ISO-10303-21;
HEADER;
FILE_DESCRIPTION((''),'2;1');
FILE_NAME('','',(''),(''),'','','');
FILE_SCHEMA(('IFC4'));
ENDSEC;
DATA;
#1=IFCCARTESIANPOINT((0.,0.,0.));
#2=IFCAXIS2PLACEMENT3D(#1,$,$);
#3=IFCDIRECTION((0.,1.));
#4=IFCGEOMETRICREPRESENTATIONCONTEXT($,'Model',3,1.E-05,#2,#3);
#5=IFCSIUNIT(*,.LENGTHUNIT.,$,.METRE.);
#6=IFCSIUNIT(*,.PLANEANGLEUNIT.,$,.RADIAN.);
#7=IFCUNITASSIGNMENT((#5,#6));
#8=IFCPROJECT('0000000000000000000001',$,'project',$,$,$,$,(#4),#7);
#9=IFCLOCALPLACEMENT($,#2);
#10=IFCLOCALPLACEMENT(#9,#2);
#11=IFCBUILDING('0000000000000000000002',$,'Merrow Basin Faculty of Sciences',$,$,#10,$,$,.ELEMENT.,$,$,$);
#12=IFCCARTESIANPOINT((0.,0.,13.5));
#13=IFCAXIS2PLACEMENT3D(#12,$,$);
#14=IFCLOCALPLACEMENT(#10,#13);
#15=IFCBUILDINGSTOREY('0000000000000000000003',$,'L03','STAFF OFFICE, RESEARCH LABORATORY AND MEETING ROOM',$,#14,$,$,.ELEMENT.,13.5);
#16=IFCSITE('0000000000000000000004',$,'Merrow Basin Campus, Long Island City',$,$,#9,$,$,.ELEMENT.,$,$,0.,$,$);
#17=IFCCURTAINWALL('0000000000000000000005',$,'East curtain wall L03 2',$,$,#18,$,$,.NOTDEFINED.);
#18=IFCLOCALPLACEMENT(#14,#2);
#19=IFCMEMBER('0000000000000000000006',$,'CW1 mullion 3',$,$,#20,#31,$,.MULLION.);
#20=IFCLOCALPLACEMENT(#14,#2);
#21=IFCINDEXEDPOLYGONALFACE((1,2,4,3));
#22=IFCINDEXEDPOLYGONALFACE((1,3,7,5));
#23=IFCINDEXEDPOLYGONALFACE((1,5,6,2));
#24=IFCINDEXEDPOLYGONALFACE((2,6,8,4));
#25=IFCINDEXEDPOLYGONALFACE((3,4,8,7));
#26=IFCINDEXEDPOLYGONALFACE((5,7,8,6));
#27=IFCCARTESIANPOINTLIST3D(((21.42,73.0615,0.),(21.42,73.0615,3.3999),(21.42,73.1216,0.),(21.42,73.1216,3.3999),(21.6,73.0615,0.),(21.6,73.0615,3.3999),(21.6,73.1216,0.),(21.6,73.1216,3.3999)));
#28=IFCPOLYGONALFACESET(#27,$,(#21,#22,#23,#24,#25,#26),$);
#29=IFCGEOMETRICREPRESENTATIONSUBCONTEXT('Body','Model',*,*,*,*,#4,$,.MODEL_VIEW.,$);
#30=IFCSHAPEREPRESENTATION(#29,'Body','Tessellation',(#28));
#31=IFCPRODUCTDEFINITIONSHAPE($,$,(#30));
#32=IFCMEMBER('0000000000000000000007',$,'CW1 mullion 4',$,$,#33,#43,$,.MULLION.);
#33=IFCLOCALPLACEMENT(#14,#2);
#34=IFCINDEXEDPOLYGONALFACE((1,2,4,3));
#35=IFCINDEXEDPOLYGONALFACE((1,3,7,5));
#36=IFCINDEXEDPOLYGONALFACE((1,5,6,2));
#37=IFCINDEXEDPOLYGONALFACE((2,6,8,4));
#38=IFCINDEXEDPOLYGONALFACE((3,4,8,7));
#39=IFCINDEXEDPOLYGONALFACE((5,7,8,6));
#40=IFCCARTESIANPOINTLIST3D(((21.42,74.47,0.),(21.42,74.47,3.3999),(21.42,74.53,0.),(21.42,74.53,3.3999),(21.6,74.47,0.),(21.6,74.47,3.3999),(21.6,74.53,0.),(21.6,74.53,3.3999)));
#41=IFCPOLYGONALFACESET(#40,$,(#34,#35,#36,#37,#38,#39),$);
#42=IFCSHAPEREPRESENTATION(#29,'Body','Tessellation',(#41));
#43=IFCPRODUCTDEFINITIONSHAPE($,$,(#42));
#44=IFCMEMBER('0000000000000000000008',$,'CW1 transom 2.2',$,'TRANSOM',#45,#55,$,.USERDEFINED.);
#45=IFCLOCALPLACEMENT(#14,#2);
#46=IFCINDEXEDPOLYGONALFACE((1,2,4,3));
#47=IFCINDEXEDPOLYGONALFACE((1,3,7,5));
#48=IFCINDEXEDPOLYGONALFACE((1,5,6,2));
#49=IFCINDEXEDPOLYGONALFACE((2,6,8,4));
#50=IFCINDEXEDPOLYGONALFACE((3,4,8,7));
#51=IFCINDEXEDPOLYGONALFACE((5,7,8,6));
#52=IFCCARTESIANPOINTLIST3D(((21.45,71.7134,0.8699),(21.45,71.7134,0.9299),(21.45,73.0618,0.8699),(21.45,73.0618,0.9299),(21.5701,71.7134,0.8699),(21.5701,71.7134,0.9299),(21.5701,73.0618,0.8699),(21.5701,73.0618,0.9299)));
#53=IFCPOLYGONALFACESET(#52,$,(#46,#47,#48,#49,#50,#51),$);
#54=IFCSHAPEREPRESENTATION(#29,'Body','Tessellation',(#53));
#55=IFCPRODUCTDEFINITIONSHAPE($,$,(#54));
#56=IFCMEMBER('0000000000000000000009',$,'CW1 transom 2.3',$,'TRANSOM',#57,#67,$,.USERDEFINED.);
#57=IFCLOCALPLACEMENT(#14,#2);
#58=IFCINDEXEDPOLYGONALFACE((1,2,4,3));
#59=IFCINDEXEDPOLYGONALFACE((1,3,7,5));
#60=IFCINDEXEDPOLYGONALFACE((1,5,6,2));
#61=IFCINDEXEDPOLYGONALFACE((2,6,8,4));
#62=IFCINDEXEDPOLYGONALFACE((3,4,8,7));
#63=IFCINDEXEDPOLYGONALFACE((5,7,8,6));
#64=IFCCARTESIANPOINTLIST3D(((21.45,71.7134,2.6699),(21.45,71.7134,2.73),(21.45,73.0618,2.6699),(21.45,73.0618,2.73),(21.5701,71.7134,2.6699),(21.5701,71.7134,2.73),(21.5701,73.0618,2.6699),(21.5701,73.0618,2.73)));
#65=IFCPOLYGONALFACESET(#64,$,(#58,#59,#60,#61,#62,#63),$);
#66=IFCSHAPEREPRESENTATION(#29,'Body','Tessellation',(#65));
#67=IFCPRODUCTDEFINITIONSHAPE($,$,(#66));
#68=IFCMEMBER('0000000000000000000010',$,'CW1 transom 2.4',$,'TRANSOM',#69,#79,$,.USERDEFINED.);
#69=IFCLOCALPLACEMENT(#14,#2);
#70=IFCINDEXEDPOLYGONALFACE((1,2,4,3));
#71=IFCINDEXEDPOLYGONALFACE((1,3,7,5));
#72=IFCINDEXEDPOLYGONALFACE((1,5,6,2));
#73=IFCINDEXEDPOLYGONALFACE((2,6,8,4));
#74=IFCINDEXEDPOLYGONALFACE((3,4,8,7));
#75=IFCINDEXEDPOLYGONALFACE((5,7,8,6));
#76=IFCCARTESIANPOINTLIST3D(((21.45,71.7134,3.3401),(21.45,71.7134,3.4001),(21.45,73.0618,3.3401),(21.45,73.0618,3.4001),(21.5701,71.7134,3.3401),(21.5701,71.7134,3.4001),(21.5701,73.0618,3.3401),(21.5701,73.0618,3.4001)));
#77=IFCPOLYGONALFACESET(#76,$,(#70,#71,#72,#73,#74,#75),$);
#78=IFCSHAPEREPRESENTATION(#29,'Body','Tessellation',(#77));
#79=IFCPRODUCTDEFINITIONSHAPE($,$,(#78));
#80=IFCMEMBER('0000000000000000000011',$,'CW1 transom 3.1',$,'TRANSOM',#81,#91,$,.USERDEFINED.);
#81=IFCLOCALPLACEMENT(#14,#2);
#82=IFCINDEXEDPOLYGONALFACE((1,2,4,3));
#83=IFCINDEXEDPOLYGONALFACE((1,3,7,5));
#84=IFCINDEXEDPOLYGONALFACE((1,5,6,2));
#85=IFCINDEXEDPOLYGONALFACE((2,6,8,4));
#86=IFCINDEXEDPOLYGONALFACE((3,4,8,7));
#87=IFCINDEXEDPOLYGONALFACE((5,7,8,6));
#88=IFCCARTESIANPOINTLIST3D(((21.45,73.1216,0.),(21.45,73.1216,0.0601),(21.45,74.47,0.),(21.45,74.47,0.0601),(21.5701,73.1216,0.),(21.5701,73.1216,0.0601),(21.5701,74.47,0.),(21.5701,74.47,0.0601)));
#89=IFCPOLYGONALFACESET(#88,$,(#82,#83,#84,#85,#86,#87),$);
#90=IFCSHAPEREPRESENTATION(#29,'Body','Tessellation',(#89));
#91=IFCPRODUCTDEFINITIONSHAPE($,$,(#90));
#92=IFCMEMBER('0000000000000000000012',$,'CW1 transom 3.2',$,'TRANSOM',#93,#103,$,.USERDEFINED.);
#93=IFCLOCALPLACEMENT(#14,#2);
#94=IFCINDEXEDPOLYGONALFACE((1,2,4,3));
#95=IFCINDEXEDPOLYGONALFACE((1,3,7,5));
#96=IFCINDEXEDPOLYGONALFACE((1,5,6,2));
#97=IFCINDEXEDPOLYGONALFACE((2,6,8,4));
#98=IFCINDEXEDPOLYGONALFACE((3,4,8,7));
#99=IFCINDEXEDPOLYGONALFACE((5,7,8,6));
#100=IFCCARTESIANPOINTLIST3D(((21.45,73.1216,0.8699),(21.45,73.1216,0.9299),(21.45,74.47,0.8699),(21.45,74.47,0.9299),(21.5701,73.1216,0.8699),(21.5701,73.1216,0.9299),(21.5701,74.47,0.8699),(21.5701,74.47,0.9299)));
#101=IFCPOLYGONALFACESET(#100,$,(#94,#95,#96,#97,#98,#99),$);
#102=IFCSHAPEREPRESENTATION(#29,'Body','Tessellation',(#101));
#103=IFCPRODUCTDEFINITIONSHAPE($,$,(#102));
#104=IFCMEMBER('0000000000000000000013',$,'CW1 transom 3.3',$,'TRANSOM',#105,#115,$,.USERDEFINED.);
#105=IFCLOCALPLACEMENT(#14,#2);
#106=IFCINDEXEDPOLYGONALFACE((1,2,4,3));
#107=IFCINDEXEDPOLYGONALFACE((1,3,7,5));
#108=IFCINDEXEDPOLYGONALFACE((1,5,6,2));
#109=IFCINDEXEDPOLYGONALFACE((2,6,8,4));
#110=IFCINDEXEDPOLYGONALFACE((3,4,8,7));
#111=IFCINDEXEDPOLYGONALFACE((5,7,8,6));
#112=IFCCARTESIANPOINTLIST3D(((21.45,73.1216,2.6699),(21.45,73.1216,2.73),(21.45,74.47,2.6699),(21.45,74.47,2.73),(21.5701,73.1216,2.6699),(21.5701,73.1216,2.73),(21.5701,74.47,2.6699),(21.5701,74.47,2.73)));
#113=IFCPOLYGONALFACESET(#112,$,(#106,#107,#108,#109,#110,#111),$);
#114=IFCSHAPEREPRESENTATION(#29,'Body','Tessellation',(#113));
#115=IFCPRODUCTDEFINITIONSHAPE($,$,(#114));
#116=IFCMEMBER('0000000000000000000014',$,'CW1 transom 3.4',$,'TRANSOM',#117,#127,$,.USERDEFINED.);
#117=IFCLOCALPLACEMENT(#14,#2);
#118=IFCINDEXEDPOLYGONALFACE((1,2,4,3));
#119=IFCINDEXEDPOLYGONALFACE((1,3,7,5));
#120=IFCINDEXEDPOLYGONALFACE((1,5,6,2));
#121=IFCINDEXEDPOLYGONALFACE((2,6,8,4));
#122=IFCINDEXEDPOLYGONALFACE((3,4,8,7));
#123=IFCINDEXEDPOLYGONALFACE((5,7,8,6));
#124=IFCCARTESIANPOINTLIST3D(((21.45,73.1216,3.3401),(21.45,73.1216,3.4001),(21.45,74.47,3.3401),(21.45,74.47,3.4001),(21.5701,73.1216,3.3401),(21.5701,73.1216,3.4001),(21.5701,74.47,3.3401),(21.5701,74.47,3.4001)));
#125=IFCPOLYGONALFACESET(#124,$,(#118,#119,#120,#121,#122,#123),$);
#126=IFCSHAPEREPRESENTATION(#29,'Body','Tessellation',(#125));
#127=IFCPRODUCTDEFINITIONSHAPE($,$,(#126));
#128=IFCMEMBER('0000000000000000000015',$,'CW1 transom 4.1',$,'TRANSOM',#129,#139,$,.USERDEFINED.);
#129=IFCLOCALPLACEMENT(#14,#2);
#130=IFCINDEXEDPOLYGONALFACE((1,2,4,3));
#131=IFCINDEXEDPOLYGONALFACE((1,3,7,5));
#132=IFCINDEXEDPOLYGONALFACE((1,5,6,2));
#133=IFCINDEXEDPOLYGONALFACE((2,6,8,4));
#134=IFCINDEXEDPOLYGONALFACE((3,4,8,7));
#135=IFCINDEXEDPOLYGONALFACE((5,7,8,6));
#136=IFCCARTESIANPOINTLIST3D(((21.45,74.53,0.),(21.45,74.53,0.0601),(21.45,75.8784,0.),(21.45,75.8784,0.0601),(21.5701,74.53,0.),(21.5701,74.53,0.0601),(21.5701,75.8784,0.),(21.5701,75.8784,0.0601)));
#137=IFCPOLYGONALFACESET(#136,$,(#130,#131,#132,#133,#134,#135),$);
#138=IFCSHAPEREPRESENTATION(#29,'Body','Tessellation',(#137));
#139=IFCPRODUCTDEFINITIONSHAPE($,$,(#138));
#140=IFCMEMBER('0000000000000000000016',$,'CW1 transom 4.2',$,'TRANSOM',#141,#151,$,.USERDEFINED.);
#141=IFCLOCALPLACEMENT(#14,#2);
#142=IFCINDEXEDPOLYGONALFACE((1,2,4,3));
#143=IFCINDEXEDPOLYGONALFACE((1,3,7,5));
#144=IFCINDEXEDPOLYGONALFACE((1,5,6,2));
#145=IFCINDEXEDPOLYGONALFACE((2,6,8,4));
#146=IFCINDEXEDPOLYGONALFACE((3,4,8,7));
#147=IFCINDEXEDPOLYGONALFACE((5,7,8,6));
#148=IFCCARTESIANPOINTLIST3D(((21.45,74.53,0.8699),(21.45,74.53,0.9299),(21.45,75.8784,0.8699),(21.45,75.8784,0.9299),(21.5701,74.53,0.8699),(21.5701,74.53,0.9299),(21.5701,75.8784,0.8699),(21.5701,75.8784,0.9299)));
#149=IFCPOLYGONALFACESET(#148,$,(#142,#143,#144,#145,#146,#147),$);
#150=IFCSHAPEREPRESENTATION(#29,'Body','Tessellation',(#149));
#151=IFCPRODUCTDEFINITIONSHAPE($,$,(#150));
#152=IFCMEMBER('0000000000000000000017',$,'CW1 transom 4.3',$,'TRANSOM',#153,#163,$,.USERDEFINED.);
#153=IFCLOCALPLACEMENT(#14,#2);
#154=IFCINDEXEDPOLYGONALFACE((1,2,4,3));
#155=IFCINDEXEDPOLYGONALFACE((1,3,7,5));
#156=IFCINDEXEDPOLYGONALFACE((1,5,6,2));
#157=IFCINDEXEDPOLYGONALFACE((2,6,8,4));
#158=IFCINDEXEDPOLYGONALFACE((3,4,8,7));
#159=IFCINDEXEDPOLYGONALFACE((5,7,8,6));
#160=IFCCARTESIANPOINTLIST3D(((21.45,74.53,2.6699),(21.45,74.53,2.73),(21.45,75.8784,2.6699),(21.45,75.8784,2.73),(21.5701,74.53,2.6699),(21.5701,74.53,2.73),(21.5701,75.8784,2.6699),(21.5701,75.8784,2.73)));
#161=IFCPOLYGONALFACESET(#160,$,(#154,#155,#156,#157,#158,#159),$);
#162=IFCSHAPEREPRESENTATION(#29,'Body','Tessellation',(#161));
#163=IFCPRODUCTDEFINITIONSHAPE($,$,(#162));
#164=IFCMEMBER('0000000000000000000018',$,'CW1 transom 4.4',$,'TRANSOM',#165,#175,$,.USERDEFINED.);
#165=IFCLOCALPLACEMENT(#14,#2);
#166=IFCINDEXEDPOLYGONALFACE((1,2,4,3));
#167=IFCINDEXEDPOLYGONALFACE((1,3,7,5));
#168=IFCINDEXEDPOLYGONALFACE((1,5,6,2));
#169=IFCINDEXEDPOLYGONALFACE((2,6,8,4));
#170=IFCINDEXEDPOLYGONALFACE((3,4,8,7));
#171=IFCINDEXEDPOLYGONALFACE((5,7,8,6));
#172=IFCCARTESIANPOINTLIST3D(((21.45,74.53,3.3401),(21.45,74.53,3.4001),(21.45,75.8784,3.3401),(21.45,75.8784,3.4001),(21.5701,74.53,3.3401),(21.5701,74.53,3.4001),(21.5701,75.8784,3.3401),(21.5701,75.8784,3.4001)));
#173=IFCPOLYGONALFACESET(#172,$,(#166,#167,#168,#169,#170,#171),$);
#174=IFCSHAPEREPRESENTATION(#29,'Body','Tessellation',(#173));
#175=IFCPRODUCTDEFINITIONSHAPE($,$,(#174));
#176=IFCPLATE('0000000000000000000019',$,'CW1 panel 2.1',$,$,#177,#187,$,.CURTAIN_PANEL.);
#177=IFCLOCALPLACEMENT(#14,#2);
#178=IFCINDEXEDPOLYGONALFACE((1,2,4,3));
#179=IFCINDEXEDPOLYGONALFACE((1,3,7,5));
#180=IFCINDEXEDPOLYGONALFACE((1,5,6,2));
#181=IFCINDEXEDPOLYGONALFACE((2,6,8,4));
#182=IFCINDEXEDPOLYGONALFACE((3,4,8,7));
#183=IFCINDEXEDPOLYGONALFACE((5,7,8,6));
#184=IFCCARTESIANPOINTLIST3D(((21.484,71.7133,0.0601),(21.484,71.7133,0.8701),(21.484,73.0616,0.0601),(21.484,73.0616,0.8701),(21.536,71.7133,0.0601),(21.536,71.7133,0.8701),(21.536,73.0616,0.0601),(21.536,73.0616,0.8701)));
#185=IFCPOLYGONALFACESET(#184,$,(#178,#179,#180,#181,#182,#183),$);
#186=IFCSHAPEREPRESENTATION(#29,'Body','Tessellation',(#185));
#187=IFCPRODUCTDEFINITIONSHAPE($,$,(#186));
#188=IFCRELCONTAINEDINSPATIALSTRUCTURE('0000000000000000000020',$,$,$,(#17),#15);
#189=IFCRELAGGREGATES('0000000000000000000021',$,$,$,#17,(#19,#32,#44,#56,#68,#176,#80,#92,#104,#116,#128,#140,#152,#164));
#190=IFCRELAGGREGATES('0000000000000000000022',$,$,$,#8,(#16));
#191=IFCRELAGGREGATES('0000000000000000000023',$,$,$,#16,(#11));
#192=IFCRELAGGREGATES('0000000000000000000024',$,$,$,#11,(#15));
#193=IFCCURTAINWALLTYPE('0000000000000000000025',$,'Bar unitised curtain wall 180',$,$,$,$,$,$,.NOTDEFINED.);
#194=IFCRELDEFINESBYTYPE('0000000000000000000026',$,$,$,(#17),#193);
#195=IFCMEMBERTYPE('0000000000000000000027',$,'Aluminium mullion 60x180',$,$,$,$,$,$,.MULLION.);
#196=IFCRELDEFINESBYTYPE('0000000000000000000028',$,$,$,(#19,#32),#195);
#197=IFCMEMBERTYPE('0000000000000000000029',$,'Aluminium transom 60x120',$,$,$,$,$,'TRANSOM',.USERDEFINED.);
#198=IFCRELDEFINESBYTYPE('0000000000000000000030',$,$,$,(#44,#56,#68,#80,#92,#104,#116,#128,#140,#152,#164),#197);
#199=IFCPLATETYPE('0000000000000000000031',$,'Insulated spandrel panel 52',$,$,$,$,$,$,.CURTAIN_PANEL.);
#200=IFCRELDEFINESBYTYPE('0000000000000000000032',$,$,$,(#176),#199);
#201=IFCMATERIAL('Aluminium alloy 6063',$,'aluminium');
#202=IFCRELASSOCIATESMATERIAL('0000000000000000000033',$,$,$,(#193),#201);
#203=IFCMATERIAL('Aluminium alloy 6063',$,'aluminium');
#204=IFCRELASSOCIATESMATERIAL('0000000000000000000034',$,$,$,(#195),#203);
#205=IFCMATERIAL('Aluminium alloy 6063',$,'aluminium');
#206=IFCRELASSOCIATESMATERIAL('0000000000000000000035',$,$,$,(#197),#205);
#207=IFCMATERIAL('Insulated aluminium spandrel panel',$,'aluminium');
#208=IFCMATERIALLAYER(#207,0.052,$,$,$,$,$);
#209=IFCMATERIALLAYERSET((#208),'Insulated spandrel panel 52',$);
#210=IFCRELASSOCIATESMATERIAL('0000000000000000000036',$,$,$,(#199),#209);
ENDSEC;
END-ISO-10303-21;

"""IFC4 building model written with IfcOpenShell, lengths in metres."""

from ifc_helpers import new_model, si_unit, direction, frame, origin, origin_2d, place, context, subcontext, project, spatial, rectangle, extrude, material, layer, layer_set, material_profile, profile_set, type_object, element, aggregate, save


model = new_model("IFC4")

# Units and contexts
model_context = context("Model", 3, precision=1e-05, world=origin(), true_north=direction((0.0, 1.0)))
body_context = subcontext(model_context, "Body", "Model", "MODEL_VIEW")
ifc_project = project(units=[si_unit("LENGTHUNIT", "METRE"), si_unit("PLANEANGLEUNIT", "RADIAN")], contexts=[model_context])

# Site, building, storey
site_placement = place(None, origin())
site = spatial("IfcSite", under=ifc_project, at=site_placement, Name="Merrow Basin Campus, Long Island City", CompositionType="ELEMENT", RefElevation=0.0)
building_placement = place(site_placement, origin())
building = spatial("IfcBuilding", under=site, at=building_placement, Name="Merrow Basin Faculty of Sciences", CompositionType="ELEMENT")
storey_placement = place(building_placement, frame((0.0, 0.0, 13.5)))
storey = spatial("IfcBuildingStorey", under=building, at=storey_placement, Name="L03", Description="STAFF OFFICE, RESEARCH LABORATORY AND MEETING ROOM", CompositionType="ELEMENT", Elevation=13.5)

# Curtain wall, members, plate
ifc_material_1 = material(Name="Aluminium alloy 6063", Category="aluminium")
curtain_wall_type = type_object("IfcCurtainWallType", Name="Bar unitised curtain wall 180", PredefinedType="NOTDEFINED", material=ifc_material_1)
curtain_wall_placement = place(storey_placement, origin())
curtain_wall = element("IfcCurtainWall", 1, at=curtain_wall_placement, inside=storey, type_object=curtain_wall_type, Name="East curtain wall L03 2", PredefinedType="NOTDEFINED")
ifc_material_2 = material(Name="Aluminium alloy 6063", Category="aluminium")
ifc_material_profile_1 = material_profile(ifc_material_2, rectangle(XDim=0.1799, YDim=0.0601, at=origin_2d()))
ifc_profile_set_1 = profile_set([ifc_material_profile_1], Name="Aluminium alloy 6063")
member_type_1 = type_object("IfcMemberType", Name="Aluminium mullion 60x180", PredefinedType="MULLION", material=ifc_profile_set_1)
member_1_placement = place(storey_placement, frame((21.51, 73.0916, 0.0), z_axis=(0.0, 0.0, 1.0), x_axis=(-1.0, 0.0, 0.0)))
member_1 = element("IfcMember", 2, at=member_1_placement, type_object=member_type_1, Name="CW1 mullion 3", PredefinedType="MULLION", context=body_context, shape_type="SweptSolid", body=[
    extrude(rectangle(XDim=0.1799, YDim=0.0601, at=origin_2d()), origin(), (0.0, 0.0, 1.0), 3.3999),
])
member_2_placement = place(storey_placement, frame((21.51, 74.5, 0.0), z_axis=(0.0, 0.0, 1.0), x_axis=(-1.0, 0.0, 0.0)))
member_2 = element("IfcMember", 3, at=member_2_placement, type_object=member_type_1, Name="CW1 mullion 4", PredefinedType="MULLION", context=body_context, shape_type="SweptSolid", body=[
    extrude(rectangle(XDim=0.1799, YDim=0.0601, at=origin_2d()), origin(), (0.0, 0.0, 1.0), 3.3999),
])
ifc_material_3 = material(Name="Aluminium alloy 6063", Category="aluminium")
ifc_material_profile_2 = material_profile(ifc_material_3, rectangle(XDim=0.1201, YDim=0.0601, at=origin_2d()))
ifc_profile_set_2 = profile_set([ifc_material_profile_2], Name="Aluminium alloy 6063")
member_type_2 = type_object("IfcMemberType", Name="Aluminium transom 60x120", ElementType="TRANSOM", PredefinedType="USERDEFINED", material=ifc_profile_set_2)
member_3_placement = place(storey_placement, frame((21.51, 71.7134, 0.8999), z_axis=(0.0, 1.0, 0.0), x_axis=(-1.0, 0.0, 0.0)))
member_3 = element("IfcMember", 4, at=member_3_placement, type_object=member_type_2, Name="CW1 transom 2.2", ObjectType="TRANSOM", PredefinedType="USERDEFINED", context=body_context, shape_type="SweptSolid", body=[
    extrude(rectangle(XDim=0.1201, YDim=0.0601, at=origin_2d()), origin(), (0.0, 0.0, 1.0), 1.3484),
])
member_4_placement = place(storey_placement, frame((21.51, 71.7134, 2.7), z_axis=(0.0, 1.0, 0.0), x_axis=(-1.0, 0.0, 0.0)))
member_4 = element("IfcMember", 5, at=member_4_placement, type_object=member_type_2, Name="CW1 transom 2.3", ObjectType="TRANSOM", PredefinedType="USERDEFINED", context=body_context, shape_type="SweptSolid", body=[
    extrude(rectangle(XDim=0.1201, YDim=0.0601, at=origin_2d()), origin(), (0.0, 0.0, 1.0), 1.3484),
])
member_5_placement = place(storey_placement, frame((21.51, 71.7134, 3.3701), z_axis=(0.0, 1.0, 0.0), x_axis=(-1.0, 0.0, 0.0)))
member_5 = element("IfcMember", 6, at=member_5_placement, type_object=member_type_2, Name="CW1 transom 2.4", ObjectType="TRANSOM", PredefinedType="USERDEFINED", context=body_context, shape_type="SweptSolid", body=[
    extrude(rectangle(XDim=0.1201, YDim=0.0601, at=origin_2d()), origin(), (0.0, 0.0, 1.0), 1.3484),
])
member_6_placement = place(storey_placement, frame((21.51, 73.1216, 0.03), z_axis=(0.0, 1.0, 0.0), x_axis=(-1.0, 0.0, 0.0)))
member_6 = element("IfcMember", 7, at=member_6_placement, type_object=member_type_2, Name="CW1 transom 3.1", ObjectType="TRANSOM", PredefinedType="USERDEFINED", context=body_context, shape_type="SweptSolid", body=[
    extrude(rectangle(XDim=0.1201, YDim=0.0601, at=origin_2d()), origin(), (0.0, 0.0, 1.0), 1.3484),
])
member_7_placement = place(storey_placement, frame((21.51, 73.1216, 0.8999), z_axis=(0.0, 1.0, 0.0), x_axis=(-1.0, 0.0, 0.0)))
member_7 = element("IfcMember", 8, at=member_7_placement, type_object=member_type_2, Name="CW1 transom 3.2", ObjectType="TRANSOM", PredefinedType="USERDEFINED", context=body_context, shape_type="SweptSolid", body=[
    extrude(rectangle(XDim=0.1201, YDim=0.0601, at=origin_2d()), origin(), (0.0, 0.0, 1.0), 1.3484),
])
member_8_placement = place(storey_placement, frame((21.51, 73.1216, 2.7), z_axis=(0.0, 1.0, 0.0), x_axis=(-1.0, 0.0, 0.0)))
member_8 = element("IfcMember", 9, at=member_8_placement, type_object=member_type_2, Name="CW1 transom 3.3", ObjectType="TRANSOM", PredefinedType="USERDEFINED", context=body_context, shape_type="SweptSolid", body=[
    extrude(rectangle(XDim=0.1201, YDim=0.0601, at=origin_2d()), origin(), (0.0, 0.0, 1.0), 1.3484),
])
member_9_placement = place(storey_placement, frame((21.51, 73.1216, 3.3701), z_axis=(0.0, 1.0, 0.0), x_axis=(-1.0, 0.0, 0.0)))
member_9 = element("IfcMember", 10, at=member_9_placement, type_object=member_type_2, Name="CW1 transom 3.4", ObjectType="TRANSOM", PredefinedType="USERDEFINED", context=body_context, shape_type="SweptSolid", body=[
    extrude(rectangle(XDim=0.1201, YDim=0.0601, at=origin_2d()), origin(), (0.0, 0.0, 1.0), 1.3484),
])
member_10_placement = place(storey_placement, frame((21.51, 74.53, 0.03), z_axis=(0.0, 1.0, 0.0), x_axis=(-1.0, 0.0, 0.0)))
member_10 = element("IfcMember", 11, at=member_10_placement, type_object=member_type_2, Name="CW1 transom 4.1", ObjectType="TRANSOM", PredefinedType="USERDEFINED", context=body_context, shape_type="SweptSolid", body=[
    extrude(rectangle(XDim=0.1201, YDim=0.0601, at=origin_2d()), origin(), (0.0, 0.0, 1.0), 1.3484),
])
member_11_placement = place(storey_placement, frame((21.51, 74.53, 0.8999), z_axis=(0.0, 1.0, 0.0), x_axis=(-1.0, 0.0, 0.0)))
member_11 = element("IfcMember", 12, at=member_11_placement, type_object=member_type_2, Name="CW1 transom 4.2", ObjectType="TRANSOM", PredefinedType="USERDEFINED", context=body_context, shape_type="SweptSolid", body=[
    extrude(rectangle(XDim=0.1201, YDim=0.0601, at=origin_2d()), origin(), (0.0, 0.0, 1.0), 1.3484),
])
member_12_placement = place(storey_placement, frame((21.51, 74.53, 2.7), z_axis=(0.0, 1.0, 0.0), x_axis=(-1.0, 0.0, 0.0)))
member_12 = element("IfcMember", 13, at=member_12_placement, type_object=member_type_2, Name="CW1 transom 4.3", ObjectType="TRANSOM", PredefinedType="USERDEFINED", context=body_context, shape_type="SweptSolid", body=[
    extrude(rectangle(XDim=0.1201, YDim=0.0601, at=origin_2d()), origin(), (0.0, 0.0, 1.0), 1.3484),
])
member_13_placement = place(storey_placement, frame((21.51, 74.53, 3.3701), z_axis=(0.0, 1.0, 0.0), x_axis=(-1.0, 0.0, 0.0)))
member_13 = element("IfcMember", 14, at=member_13_placement, type_object=member_type_2, Name="CW1 transom 4.4", ObjectType="TRANSOM", PredefinedType="USERDEFINED", context=body_context, shape_type="SweptSolid", body=[
    extrude(rectangle(XDim=0.1201, YDim=0.0601, at=origin_2d()), origin(), (0.0, 0.0, 1.0), 1.3484),
])
ifc_material_4 = material(Name="Insulated aluminium spandrel panel", Category="aluminium")
ifc_layer_1 = layer(ifc_material_4, 0.052)
ifc_layer_set_1 = layer_set([ifc_layer_1], Name="Insulated spandrel panel 52")
plate_type_1 = type_object("IfcPlateType", Name="Insulated spandrel panel 52", PredefinedType="CURTAIN_PANEL", material=ifc_layer_set_1)
plate_1_placement = place(storey_placement, frame((21.51, 72.3875, 0.0601), z_axis=(0.0, 0.0, 1.0), x_axis=(0.0, 1.0, 0.0)))
plate_1 = element("IfcPlate", 15, at=plate_1_placement, type_object=plate_type_1, Name="CW1 panel 2.1", PredefinedType="CURTAIN_PANEL", context=body_context, shape_type="SweptSolid", body=[
    extrude(rectangle(XDim=1.3484, YDim=0.052, at=origin_2d()), origin(), (0.0, 0.0, 1.0), 0.8101),
])
aggregate(curtain_wall, [member_1, member_2, member_3, member_4, member_5, plate_1, member_6, member_7, member_8, member_9, member_10, member_11, member_12, member_13])

save(model, "model.ifc")
